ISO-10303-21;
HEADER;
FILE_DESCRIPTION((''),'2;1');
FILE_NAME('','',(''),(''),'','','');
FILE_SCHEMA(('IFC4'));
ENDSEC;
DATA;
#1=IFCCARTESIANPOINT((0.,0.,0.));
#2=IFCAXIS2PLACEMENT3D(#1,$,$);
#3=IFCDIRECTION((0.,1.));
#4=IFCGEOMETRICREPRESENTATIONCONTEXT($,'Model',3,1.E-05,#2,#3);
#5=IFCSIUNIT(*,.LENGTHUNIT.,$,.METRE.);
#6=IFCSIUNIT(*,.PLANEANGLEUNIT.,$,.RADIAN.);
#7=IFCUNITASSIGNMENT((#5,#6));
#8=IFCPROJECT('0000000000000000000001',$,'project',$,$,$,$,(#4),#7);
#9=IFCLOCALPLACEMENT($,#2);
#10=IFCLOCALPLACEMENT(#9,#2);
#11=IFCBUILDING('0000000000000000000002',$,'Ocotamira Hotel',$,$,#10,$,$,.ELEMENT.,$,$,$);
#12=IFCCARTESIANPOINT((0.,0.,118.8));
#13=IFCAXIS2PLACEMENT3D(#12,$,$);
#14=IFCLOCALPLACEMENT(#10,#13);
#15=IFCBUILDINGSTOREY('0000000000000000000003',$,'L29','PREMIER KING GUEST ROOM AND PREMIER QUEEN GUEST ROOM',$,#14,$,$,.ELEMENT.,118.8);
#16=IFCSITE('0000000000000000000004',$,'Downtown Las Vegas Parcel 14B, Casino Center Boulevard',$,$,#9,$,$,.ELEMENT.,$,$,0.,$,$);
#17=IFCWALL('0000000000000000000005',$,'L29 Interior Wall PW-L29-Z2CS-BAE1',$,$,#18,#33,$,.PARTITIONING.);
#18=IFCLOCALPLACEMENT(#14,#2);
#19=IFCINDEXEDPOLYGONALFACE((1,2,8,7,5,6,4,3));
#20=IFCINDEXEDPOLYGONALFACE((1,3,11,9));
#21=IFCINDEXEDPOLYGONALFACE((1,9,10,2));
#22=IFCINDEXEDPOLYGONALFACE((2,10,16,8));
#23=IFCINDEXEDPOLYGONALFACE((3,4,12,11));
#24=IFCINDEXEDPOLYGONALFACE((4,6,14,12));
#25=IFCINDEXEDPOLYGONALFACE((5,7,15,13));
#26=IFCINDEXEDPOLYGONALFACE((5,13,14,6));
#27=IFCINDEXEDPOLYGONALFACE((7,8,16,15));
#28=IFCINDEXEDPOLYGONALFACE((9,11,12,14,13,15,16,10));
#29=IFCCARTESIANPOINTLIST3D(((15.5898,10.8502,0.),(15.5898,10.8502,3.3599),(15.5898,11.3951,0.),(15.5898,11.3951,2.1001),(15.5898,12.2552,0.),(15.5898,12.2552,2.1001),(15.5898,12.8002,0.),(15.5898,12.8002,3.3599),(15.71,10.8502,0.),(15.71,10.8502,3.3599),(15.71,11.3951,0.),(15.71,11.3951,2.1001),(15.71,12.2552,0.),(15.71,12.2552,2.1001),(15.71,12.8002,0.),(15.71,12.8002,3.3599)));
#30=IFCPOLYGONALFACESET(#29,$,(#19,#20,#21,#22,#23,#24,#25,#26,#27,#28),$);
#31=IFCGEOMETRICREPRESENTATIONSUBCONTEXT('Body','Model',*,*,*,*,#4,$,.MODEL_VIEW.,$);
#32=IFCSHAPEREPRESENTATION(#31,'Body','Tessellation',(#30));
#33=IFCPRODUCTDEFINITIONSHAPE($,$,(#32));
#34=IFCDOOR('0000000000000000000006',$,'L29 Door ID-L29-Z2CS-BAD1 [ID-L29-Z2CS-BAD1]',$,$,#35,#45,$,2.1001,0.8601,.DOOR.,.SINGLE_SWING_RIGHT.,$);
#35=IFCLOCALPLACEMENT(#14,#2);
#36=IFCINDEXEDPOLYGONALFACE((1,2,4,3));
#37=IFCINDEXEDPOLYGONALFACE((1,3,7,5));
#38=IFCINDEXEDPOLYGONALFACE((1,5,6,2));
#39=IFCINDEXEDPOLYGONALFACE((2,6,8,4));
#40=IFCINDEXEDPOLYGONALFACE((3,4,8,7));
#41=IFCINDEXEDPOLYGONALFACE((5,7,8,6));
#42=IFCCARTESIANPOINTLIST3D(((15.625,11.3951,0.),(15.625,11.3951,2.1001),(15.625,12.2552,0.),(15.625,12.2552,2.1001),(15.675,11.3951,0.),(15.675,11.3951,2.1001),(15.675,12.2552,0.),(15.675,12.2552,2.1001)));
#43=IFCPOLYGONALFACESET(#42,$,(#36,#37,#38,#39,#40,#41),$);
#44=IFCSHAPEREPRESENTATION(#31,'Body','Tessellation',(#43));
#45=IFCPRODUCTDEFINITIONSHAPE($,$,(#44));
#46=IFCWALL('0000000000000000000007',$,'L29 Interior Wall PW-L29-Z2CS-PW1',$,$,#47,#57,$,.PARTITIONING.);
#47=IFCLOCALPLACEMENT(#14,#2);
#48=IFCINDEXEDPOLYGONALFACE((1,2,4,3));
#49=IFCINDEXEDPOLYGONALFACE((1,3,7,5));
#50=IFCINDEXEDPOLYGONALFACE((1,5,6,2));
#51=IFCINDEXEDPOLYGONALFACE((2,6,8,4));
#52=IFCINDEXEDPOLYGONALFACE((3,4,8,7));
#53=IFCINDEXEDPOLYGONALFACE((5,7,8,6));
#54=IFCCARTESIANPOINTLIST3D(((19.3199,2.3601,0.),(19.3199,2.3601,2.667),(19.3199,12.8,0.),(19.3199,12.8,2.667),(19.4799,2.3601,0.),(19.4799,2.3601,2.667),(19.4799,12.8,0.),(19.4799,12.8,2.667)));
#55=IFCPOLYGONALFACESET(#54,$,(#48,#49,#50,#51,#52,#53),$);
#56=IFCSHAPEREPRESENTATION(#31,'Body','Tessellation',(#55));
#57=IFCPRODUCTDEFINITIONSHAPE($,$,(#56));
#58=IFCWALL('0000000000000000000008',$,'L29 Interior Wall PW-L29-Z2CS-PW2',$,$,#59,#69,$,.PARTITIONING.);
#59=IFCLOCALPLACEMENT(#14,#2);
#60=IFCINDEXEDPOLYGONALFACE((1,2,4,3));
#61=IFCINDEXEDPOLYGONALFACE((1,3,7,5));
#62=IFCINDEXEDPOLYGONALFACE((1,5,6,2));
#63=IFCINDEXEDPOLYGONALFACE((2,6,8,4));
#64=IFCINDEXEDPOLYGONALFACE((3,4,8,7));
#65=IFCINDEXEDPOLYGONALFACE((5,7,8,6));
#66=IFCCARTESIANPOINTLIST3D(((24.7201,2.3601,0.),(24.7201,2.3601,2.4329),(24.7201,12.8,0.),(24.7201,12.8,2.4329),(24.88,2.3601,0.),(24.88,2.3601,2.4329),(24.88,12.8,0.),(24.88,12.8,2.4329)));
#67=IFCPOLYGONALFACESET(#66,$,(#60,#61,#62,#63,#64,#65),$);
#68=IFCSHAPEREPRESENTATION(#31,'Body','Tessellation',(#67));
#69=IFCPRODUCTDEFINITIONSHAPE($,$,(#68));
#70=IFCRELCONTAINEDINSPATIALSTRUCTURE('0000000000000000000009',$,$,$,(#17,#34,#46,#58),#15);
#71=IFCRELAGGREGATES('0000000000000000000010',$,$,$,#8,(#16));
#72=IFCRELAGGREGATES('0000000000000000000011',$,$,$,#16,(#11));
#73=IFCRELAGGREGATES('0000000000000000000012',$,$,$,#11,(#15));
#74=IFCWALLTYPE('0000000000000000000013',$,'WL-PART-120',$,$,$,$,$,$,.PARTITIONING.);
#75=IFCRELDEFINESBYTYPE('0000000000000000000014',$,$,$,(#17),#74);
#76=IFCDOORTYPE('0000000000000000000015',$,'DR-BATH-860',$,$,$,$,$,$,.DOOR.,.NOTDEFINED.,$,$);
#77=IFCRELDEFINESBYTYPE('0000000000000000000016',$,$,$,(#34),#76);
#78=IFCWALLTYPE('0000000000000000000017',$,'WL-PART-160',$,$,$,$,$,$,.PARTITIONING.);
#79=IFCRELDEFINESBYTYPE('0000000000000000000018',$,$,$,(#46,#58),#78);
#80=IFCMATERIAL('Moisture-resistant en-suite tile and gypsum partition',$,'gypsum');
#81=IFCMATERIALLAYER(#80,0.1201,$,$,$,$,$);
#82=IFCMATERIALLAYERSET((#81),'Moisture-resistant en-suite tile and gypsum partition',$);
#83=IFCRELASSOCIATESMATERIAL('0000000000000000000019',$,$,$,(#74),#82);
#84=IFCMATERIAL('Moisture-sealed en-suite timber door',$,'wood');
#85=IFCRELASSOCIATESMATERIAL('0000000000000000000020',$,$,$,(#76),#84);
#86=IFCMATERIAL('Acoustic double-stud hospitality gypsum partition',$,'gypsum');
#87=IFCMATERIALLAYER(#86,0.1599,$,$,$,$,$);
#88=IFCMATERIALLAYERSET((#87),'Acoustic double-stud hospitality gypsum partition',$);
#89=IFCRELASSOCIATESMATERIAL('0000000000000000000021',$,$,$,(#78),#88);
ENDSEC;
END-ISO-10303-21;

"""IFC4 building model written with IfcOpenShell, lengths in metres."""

from ifc_helpers import new_model, si_unit, direction, frame, frame_2d, origin, place, context, subcontext, project, spatial, rectangle, extrude, source, transform, mapped, material, layer, layer_set, type_object, element, fill, save


model = new_model("IFC4")

# Units and contexts
model_context = context("Model", 3, precision=1e-05, world=origin(), true_north=direction((0.0, 1.0)))
body_context = subcontext(model_context, "Body", "Model", "MODEL_VIEW")
ifc_project = project(units=[si_unit("LENGTHUNIT", "METRE"), si_unit("PLANEANGLEUNIT", "RADIAN")], contexts=[model_context])

# Site, building, storey
site_placement = place(None, origin())
site = spatial("IfcSite", under=ifc_project, at=site_placement, Name="Downtown Las Vegas Parcel 14B, Casino Center Boulevard", CompositionType="ELEMENT", RefElevation=0.0)
building_placement = place(site_placement, origin())
building = spatial("IfcBuilding", under=site, at=building_placement, Name="Ocotamira Hotel", CompositionType="ELEMENT")
storey_placement = place(building_placement, frame((0.0, 0.0, 118.8)))
storey = spatial("IfcBuildingStorey", under=building, at=storey_placement, Name="L29", Description="PREMIER KING GUEST ROOM AND PREMIER QUEEN GUEST ROOM", CompositionType="ELEMENT", Elevation=118.8)

# Wall, opening, door
ifc_material_1 = material(Name="Moisture-resistant en-suite tile and gypsum partition", Category="gypsum")
ifc_layer_1 = layer(ifc_material_1, 0.1201)
ifc_layer_set_1 = layer_set([ifc_layer_1], Name="Moisture-resistant en-suite tile and gypsum partition")
wall_type_1 = type_object("IfcWallType", Name="WL-PART-120", PredefinedType="PARTITIONING", material=ifc_layer_set_1)
wall_1_placement = place(storey_placement, frame((15.6499, 10.8501, 0.0), z_axis=(0.0, 0.0, 1.0), x_axis=(0.0, 1.0, 0.0)))
wall_1 = element("IfcWall", 1, at=wall_1_placement, inside=storey, type_object=wall_type_1, Name="L29 Interior Wall PW-L29-Z2CS-BAE1", PredefinedType="PARTITIONING", context=body_context, shape_type="SweptSolid", body=[
    extrude(rectangle(XDim=1.95, YDim=0.1201, at=frame_2d((0.9751, 0.0))), origin(), (0.0, 0.0, 1.0), 3.3599),
])
opening_placement = place(wall_1_placement, frame((0.5449, 0.0, 0.0)))
opening = element("IfcOpeningElement", 2, at=opening_placement, cuts=wall_1, PredefinedType="OPENING", context=body_context, shape_type="SweptSolid", body=[
    extrude(rectangle(XDim=0.8601, YDim=2.1001, at=frame_2d((0.4302, 1.05))), frame((0.0, 0.0701, 0.0), z_axis=(0.0, -1.0, 0.0), x_axis=(1.0, 0.0, 0.0)), (0.0, 0.0, 1.0), 0.1401),
])
ifc_material_2 = material(Name="Moisture-sealed en-suite timber door", Category="wood")
door_type = type_object("IfcDoorType", Name="DR-BATH-860", OperationType="NOTDEFINED", PredefinedType="DOOR", material=ifc_material_2)
shared_shape_1 = source(origin(), body_context, "Body", "SweptSolid", [
    extrude(rectangle(XDim=0.8601, YDim=2.1001, at=frame_2d((0.4302, 1.05))), frame((0.0, 0.0249, 0.0), z_axis=(0.0, -1.0, 0.0), x_axis=(1.0, 0.0, 0.0)), (0.0, 0.0, 1.0), 0.05),
])
door_placement = place(opening_placement, origin())
door = element("IfcDoor", 3, at=door_placement, inside=storey, type_object=door_type, Name="L29 Door ID-L29-Z2CS-BAD1 [ID-L29-Z2CS-BAD1]", OperationType="SINGLE_SWING_RIGHT", OverallHeight=2.1001, OverallWidth=0.8601, PredefinedType="DOOR", context=body_context, shape_type="MappedRepresentation", body=[
    mapped(shared_shape_1, transform((0.0, 0.0, 0.0), scale=1.0)),
])
fill(opening, door)

# Walls
ifc_material_3 = material(Name="Acoustic double-stud hospitality gypsum partition", Category="gypsum")
ifc_layer_2 = layer(ifc_material_3, 0.1599)
ifc_layer_set_2 = layer_set([ifc_layer_2], Name="Acoustic double-stud hospitality gypsum partition")
wall_type_2 = type_object("IfcWallType", Name="WL-PART-160", PredefinedType="PARTITIONING", material=ifc_layer_set_2)
wall_2_placement = place(storey_placement, frame((19.3999, 2.3601, 0.0), z_axis=(0.0, 0.0, 1.0), x_axis=(0.0, 1.0, 0.0)))
element("IfcWall", 4, at=wall_2_placement, inside=storey, type_object=wall_type_2, Name="L29 Interior Wall PW-L29-Z2CS-PW1", PredefinedType="PARTITIONING", context=body_context, shape_type="SweptSolid", body=[
    extrude(rectangle(XDim=10.4399, YDim=0.1599, at=frame_2d((5.22, 0.0))), origin(), (0.0, 0.0, 1.0), 2.667),
])
wall_3_placement = place(storey_placement, frame((24.8, 2.3601, 0.0), z_axis=(0.0, 0.0, 1.0), x_axis=(0.0, 1.0, 0.0)))
element("IfcWall", 5, at=wall_3_placement, inside=storey, type_object=wall_type_2, Name="L29 Interior Wall PW-L29-Z2CS-PW2", PredefinedType="PARTITIONING", context=body_context, shape_type="SweptSolid", body=[
    extrude(rectangle(XDim=10.4399, YDim=0.1599, at=frame_2d((5.22, 0.0))), origin(), (0.0, 0.0, 1.0), 2.4329),
])

save(model, "model.ifc")
